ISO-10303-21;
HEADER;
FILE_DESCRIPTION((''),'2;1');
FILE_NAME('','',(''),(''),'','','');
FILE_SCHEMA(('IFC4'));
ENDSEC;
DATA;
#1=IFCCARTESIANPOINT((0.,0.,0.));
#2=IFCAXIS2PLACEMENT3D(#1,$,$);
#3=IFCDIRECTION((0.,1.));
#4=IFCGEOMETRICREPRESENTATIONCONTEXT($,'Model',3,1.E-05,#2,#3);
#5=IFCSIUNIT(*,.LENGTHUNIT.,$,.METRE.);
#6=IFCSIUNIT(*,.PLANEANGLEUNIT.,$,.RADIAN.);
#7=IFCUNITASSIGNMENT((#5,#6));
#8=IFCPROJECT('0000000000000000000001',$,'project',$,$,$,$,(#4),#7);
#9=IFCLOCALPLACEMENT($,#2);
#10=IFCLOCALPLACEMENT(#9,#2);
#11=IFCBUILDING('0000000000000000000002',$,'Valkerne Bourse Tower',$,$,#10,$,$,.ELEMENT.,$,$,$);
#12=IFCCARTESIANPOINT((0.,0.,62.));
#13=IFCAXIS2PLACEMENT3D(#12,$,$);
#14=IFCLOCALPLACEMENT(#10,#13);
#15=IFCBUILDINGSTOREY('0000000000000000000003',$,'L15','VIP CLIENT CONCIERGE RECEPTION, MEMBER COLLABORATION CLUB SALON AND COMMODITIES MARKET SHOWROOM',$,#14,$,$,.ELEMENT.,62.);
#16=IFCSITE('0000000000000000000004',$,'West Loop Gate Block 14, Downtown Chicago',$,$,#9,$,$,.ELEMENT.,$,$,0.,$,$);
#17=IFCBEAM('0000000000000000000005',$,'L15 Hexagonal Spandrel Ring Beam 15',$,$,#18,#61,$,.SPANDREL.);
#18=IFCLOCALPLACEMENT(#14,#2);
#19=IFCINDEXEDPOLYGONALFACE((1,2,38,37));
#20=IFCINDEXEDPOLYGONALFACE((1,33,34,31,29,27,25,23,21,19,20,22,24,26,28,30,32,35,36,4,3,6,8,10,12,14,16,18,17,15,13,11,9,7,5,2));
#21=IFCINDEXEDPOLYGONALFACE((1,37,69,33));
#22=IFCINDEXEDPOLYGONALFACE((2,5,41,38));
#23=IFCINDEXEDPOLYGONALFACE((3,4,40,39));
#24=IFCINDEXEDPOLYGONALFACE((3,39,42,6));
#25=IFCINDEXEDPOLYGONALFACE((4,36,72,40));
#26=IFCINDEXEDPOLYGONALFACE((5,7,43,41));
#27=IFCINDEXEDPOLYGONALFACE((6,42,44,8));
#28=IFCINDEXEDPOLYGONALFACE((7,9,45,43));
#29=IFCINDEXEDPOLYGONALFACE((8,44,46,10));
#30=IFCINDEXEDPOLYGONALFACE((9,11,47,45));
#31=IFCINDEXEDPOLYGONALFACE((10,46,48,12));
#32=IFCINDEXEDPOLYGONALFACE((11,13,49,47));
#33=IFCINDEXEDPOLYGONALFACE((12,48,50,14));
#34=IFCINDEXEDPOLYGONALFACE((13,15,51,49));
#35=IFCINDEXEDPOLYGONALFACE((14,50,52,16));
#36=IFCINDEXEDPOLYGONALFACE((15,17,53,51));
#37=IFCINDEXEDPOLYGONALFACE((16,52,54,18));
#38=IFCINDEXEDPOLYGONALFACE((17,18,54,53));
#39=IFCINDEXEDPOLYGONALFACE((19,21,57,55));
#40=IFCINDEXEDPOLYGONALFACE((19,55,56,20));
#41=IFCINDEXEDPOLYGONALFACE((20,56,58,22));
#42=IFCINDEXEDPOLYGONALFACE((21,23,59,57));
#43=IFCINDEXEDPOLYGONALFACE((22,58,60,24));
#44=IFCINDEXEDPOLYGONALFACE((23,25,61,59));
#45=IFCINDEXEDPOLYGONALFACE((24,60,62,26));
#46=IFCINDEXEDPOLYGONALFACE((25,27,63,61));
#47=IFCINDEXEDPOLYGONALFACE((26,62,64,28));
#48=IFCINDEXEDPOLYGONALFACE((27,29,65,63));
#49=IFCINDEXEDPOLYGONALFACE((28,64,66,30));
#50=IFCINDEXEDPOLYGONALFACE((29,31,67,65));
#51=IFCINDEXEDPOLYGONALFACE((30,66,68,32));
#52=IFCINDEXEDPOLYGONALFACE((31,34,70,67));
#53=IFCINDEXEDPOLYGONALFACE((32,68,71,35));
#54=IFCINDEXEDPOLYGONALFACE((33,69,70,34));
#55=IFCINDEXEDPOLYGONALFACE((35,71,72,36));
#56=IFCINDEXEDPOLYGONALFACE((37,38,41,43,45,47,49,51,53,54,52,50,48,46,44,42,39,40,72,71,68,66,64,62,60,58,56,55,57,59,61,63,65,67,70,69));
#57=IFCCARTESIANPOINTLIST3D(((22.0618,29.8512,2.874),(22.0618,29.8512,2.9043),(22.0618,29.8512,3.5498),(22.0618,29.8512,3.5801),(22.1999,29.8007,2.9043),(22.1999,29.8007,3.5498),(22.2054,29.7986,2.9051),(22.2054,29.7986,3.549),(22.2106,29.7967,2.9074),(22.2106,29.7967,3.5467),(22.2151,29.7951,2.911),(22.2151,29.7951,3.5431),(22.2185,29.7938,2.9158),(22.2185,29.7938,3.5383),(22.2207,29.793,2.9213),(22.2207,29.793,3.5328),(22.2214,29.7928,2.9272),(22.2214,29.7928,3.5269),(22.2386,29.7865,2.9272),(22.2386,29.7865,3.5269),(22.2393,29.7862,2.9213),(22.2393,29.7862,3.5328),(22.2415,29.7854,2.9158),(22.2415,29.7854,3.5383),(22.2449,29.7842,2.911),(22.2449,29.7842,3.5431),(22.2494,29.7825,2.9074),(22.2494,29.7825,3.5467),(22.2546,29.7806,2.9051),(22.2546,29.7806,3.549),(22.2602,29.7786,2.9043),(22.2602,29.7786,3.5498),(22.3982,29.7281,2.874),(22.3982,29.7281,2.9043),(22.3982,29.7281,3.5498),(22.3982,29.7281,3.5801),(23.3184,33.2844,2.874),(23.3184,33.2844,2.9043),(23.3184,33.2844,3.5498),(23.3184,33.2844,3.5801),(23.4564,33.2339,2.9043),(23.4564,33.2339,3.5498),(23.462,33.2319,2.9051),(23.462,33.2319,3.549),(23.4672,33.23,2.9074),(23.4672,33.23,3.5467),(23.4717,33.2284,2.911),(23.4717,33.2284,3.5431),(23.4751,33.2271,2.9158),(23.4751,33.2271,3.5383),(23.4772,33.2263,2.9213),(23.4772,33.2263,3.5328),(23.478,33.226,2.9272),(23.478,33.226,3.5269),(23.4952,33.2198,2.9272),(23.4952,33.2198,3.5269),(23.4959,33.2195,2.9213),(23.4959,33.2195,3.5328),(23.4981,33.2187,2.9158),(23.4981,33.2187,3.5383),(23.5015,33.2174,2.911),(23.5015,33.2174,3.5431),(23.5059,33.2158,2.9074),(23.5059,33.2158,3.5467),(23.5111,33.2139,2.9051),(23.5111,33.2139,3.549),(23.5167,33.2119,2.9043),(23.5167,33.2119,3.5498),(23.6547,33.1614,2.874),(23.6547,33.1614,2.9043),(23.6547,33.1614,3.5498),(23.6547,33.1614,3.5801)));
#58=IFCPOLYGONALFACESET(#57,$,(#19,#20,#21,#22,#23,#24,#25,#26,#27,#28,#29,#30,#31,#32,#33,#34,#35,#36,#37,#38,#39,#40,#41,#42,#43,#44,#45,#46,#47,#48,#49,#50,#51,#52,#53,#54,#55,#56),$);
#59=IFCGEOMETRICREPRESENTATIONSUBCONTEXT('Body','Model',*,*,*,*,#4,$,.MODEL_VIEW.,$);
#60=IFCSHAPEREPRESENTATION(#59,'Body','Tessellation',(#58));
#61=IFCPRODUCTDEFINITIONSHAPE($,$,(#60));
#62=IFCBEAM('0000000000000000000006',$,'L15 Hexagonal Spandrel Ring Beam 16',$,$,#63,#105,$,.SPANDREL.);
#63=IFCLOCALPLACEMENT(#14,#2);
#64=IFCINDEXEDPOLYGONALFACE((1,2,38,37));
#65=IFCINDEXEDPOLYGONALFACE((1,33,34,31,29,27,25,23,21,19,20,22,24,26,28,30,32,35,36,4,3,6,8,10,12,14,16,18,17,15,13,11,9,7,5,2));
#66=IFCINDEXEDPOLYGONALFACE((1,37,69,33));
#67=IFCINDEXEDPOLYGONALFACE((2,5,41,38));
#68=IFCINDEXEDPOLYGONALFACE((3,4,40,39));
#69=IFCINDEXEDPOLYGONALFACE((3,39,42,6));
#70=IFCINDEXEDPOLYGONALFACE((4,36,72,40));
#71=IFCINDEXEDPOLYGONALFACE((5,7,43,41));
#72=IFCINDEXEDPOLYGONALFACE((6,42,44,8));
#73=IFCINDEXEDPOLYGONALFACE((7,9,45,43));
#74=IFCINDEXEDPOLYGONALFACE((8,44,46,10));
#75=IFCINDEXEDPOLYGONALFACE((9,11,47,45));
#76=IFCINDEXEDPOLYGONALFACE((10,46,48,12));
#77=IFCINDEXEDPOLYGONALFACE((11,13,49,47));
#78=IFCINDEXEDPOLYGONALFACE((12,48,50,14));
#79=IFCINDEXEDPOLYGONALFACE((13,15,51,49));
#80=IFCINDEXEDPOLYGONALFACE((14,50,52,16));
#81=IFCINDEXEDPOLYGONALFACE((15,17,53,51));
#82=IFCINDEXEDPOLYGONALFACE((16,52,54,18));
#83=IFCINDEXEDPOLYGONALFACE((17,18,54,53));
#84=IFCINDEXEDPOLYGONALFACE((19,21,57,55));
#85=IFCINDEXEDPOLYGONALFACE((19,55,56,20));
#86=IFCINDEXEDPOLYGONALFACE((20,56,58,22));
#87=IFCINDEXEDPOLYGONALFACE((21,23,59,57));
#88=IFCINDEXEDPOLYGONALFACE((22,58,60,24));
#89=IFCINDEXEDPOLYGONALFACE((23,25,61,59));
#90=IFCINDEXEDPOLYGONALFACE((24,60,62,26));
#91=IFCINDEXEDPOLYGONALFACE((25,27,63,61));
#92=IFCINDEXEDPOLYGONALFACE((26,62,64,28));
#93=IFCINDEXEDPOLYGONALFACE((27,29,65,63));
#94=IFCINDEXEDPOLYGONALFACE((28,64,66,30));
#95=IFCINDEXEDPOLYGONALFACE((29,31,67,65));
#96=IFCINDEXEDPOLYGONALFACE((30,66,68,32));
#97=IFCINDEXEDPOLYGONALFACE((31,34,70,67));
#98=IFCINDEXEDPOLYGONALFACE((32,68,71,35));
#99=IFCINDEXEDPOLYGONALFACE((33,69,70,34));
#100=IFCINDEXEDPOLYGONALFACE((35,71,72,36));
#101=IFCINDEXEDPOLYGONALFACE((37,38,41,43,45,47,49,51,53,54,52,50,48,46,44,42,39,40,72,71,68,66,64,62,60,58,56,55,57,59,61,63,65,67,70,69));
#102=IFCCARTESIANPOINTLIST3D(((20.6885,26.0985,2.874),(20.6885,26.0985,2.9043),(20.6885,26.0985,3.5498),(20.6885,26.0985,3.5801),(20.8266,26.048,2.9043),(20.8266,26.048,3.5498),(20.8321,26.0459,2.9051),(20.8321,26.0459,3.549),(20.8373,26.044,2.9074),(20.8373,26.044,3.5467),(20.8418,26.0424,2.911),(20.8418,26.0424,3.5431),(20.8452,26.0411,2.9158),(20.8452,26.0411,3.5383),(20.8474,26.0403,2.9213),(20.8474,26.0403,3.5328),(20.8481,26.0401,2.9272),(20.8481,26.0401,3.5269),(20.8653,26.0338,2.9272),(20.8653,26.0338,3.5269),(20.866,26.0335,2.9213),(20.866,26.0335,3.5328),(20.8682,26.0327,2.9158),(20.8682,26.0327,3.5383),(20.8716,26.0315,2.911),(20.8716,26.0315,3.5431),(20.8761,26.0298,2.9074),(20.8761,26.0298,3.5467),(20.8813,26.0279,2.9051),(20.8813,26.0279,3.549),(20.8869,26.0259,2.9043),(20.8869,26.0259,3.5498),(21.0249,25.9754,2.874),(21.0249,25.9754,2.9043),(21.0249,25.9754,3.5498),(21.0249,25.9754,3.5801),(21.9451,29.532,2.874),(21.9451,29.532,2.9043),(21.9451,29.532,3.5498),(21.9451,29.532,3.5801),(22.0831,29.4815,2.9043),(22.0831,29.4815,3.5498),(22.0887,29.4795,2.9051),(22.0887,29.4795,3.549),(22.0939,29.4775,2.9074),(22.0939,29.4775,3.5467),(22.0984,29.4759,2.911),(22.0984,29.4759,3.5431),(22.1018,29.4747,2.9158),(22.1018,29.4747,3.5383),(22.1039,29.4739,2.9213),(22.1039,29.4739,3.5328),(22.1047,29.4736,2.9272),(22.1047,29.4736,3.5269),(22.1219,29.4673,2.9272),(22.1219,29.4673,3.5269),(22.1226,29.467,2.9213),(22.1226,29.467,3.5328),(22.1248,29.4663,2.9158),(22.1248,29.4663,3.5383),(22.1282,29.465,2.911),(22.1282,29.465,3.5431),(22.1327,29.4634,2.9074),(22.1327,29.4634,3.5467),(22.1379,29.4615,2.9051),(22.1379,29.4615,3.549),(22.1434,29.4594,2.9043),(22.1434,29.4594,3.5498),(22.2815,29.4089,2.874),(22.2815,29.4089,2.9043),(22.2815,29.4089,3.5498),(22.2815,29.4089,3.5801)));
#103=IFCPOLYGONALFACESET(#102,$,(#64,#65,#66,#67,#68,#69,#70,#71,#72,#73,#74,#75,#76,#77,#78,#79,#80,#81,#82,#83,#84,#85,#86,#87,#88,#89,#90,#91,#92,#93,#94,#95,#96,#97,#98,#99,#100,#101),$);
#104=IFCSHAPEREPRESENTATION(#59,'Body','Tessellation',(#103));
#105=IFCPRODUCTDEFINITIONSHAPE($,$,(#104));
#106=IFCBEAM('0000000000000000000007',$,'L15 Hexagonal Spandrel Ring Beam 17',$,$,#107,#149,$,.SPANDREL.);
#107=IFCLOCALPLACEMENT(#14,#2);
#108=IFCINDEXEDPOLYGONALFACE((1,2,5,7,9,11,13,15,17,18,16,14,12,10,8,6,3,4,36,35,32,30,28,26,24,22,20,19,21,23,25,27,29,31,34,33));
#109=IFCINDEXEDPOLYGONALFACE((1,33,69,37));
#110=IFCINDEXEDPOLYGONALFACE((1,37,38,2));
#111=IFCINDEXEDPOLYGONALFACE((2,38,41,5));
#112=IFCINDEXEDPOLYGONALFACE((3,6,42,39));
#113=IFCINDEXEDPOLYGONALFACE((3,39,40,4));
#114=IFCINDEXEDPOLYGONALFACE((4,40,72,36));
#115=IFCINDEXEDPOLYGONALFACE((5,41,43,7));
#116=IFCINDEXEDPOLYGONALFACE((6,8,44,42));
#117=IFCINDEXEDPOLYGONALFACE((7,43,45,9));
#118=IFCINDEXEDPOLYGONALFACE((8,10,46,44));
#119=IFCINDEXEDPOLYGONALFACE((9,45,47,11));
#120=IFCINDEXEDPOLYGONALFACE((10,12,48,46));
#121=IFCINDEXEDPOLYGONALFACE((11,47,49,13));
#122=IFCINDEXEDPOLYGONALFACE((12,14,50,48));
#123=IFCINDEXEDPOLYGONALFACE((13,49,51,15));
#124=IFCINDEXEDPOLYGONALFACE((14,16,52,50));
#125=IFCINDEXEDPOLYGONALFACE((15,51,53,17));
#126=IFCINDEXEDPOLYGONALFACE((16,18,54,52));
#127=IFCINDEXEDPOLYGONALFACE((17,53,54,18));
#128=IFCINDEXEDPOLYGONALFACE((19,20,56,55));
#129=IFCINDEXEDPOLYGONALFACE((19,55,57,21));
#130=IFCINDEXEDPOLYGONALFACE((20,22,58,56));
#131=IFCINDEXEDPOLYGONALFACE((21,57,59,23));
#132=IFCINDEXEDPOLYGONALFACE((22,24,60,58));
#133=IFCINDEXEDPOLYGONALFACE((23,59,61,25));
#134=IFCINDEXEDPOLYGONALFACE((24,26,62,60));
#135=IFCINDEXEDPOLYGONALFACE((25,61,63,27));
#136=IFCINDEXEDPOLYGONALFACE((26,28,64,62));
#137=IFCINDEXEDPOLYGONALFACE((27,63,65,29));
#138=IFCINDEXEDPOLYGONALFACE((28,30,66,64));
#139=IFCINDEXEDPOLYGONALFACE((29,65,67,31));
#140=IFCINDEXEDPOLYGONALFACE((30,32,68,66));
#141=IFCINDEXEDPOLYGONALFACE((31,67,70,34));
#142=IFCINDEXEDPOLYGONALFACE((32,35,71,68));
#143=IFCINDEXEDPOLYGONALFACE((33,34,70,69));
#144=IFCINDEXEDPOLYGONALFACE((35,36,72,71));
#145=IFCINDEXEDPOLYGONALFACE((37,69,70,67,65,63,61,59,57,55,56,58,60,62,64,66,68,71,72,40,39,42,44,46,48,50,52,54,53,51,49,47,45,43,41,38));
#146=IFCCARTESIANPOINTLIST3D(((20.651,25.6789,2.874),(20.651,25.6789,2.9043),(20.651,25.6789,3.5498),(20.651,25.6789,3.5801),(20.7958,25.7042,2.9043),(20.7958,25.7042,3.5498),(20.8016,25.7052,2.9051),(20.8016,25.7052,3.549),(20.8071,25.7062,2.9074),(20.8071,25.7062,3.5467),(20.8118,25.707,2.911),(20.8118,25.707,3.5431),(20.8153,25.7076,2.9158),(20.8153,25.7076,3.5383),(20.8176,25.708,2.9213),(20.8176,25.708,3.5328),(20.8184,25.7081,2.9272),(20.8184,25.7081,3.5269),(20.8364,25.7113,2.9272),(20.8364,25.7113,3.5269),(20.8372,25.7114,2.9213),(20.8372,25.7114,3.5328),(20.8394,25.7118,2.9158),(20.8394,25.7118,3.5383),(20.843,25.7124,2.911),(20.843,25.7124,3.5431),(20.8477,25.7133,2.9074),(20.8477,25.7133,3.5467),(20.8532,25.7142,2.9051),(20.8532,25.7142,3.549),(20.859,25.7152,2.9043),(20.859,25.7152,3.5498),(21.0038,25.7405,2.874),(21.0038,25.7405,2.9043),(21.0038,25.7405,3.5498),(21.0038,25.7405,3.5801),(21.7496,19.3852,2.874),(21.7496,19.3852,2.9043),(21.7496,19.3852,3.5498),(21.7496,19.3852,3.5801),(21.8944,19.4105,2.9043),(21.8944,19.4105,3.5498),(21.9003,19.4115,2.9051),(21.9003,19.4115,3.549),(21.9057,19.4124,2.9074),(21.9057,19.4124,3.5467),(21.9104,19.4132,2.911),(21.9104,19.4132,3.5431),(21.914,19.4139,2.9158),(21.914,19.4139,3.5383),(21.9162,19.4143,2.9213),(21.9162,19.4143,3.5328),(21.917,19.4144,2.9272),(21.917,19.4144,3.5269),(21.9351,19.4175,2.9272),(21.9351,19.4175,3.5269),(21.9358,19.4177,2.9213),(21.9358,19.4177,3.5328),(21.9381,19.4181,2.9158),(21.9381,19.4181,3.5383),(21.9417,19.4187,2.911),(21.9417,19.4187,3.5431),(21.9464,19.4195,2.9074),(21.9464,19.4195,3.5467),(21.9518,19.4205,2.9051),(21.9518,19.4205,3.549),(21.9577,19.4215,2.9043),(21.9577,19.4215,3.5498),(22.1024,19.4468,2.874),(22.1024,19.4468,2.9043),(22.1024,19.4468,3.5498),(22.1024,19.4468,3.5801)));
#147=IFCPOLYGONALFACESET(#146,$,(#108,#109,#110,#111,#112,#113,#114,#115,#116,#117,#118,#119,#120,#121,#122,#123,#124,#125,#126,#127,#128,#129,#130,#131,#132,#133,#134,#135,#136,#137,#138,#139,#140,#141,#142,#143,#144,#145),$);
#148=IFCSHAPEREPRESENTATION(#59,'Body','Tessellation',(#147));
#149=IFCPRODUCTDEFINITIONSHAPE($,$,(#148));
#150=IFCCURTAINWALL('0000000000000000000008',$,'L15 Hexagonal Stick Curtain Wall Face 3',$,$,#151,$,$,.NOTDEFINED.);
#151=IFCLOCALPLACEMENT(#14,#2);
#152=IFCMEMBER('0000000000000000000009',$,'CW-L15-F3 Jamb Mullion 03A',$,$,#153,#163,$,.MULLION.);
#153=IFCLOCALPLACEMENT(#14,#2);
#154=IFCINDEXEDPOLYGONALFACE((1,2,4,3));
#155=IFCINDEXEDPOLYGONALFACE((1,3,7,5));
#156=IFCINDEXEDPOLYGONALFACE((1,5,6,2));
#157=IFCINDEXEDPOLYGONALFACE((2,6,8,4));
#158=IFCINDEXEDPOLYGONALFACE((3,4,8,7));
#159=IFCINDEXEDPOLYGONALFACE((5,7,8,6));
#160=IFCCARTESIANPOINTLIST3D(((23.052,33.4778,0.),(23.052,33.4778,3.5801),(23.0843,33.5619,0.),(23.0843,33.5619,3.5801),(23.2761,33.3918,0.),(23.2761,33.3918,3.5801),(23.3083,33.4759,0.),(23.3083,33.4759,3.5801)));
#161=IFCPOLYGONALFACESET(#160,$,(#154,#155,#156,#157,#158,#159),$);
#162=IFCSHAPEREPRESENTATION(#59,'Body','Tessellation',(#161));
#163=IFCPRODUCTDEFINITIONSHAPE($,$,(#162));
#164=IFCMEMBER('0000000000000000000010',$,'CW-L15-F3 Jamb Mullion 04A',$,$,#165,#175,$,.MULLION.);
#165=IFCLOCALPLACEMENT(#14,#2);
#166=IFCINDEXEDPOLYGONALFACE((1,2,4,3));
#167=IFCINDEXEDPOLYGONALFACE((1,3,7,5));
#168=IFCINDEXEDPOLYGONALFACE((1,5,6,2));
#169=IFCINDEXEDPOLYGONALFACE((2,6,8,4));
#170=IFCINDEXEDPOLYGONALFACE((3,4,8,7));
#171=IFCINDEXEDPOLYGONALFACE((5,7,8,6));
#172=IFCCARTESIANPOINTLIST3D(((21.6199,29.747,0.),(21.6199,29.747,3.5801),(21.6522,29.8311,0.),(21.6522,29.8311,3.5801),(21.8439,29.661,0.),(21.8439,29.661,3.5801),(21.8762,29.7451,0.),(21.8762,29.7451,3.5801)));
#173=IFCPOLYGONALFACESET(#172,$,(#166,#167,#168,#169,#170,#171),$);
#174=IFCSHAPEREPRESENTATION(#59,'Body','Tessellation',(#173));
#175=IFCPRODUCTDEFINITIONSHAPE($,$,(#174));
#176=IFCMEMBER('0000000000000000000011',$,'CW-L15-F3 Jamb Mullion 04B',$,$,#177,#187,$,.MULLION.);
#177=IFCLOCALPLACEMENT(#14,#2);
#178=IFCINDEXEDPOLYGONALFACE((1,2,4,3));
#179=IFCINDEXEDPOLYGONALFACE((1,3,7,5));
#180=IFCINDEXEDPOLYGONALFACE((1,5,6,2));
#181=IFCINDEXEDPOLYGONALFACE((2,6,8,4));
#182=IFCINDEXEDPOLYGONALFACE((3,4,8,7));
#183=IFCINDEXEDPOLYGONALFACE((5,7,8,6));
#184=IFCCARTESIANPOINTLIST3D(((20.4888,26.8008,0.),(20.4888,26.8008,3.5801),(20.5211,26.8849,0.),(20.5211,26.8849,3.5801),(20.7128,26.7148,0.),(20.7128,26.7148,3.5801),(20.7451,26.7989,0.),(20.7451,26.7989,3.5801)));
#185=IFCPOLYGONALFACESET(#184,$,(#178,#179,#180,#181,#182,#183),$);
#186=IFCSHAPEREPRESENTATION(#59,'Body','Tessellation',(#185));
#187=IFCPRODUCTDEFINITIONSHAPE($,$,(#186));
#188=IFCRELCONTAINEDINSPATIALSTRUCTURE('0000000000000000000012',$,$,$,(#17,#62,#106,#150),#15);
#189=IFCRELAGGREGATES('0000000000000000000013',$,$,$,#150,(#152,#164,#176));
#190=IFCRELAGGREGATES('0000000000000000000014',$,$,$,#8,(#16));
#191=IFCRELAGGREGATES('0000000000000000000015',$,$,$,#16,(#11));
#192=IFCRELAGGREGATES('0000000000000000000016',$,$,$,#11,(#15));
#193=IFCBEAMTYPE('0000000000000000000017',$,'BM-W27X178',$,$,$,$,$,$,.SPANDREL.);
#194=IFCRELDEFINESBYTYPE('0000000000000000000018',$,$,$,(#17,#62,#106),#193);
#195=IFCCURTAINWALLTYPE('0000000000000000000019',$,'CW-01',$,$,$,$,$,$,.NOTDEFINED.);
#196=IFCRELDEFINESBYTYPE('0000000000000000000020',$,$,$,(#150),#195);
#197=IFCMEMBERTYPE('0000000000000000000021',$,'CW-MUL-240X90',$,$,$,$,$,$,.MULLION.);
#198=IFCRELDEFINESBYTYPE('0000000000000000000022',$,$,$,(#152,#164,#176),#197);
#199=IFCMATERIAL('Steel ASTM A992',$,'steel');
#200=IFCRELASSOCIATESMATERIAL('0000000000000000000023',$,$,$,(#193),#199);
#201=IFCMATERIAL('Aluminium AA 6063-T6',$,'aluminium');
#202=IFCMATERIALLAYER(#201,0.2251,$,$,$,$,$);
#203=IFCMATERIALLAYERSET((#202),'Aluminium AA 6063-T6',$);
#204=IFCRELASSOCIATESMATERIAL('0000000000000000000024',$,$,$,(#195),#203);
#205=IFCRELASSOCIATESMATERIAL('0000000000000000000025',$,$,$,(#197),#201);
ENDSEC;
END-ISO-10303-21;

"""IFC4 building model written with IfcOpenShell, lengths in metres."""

from ifc_helpers import new_model, si_unit, direction, frame, origin, origin_2d, place, context, subcontext, project, spatial, rectangle, i_section, extrude, material, layer, layer_set, material_profile, profile_set, type_object, element, aggregate, save


model = new_model("IFC4")

# Units and contexts
model_context = context("Model", 3, precision=1e-05, world=origin(), true_north=direction((0.0, 1.0)))
body_context = subcontext(model_context, "Body", "Model", "MODEL_VIEW")
ifc_project = project(units=[si_unit("LENGTHUNIT", "METRE"), si_unit("PLANEANGLEUNIT", "RADIAN")], contexts=[model_context])

# Site, building, storey
site_placement = place(None, origin())
site = spatial("IfcSite", under=ifc_project, at=site_placement, Name="West Loop Gate Block 14, Downtown Chicago", CompositionType="ELEMENT", RefElevation=0.0)
building_placement = place(site_placement, origin())
building = spatial("IfcBuilding", under=site, at=building_placement, Name="Valkerne Bourse Tower", CompositionType="ELEMENT")
storey_placement = place(building_placement, frame((0.0, 0.0, 62.0)))
storey = spatial("IfcBuildingStorey", under=building, at=storey_placement, Name="L15", Description="VIP CLIENT CONCIERGE RECEPTION, MEMBER COLLABORATION CLUB SALON AND COMMODITIES MARKET SHOWROOM", CompositionType="ELEMENT", Elevation=62.0)

# Beams
ifc_material_1 = material(Name="Steel ASTM A992", Category="steel")
ifc_material_profile_1 = material_profile(ifc_material_1, i_section(OverallWidth=0.3582, OverallDepth=0.7061, WebThickness=0.0183, FlangeThickness=0.0303, FilletRadius=0.0229, at=origin_2d()), Name="W27X178")
ifc_profile_set_1 = profile_set([ifc_material_profile_1], Name="Steel ASTM A992")
beam_type_1 = type_object("IfcBeamType", Name="BM-W27X178", PredefinedType="SPANDREL", material=ifc_profile_set_1)
beam_1_placement = place(storey_placement, frame((23.4866, 33.2229, 3.2271), z_axis=(-0.343699, -0.93908, 0.0), x_axis=(0.93908, -0.343699, 0.0)))
element("IfcBeam", 1, at=beam_1_placement, inside=storey, type_object=beam_type_1, Name="L15 Hexagonal Spandrel Ring Beam 15", PredefinedType="SPANDREL", context=body_context, shape_type="SweptSolid", body=[
    extrude(i_section(OverallWidth=0.3582, OverallDepth=0.7061, WebThickness=0.0183, FlangeThickness=0.0303, FilletRadius=0.0229, at=origin_2d()), origin(), (0.0, 0.0, 1.0), 3.656),
])
beam_2_placement = place(storey_placement, frame((22.1133, 29.4705, 3.2271), z_axis=(-0.343678, -0.939088, 0.0), x_axis=(0.939088, -0.343678, 0.0)))
element("IfcBeam", 2, at=beam_2_placement, inside=storey, type_object=beam_type_1, Name="L15 Hexagonal Spandrel Ring Beam 16", PredefinedType="SPANDREL", context=body_context, shape_type="SweptSolid", body=[
    extrude(i_section(OverallWidth=0.3582, OverallDepth=0.7061, WebThickness=0.0183, FlangeThickness=0.0303, FilletRadius=0.0229, at=origin_2d()), origin(), (0.0, 0.0, 1.0), 3.6562),
])
beam_3_placement = place(storey_placement, frame((20.8274, 25.7097, 3.2271), z_axis=(0.17196, -0.985104, 0.0), x_axis=(0.985104, 0.17196, 0.0)))
element("IfcBeam", 3, at=beam_3_placement, inside=storey, type_object=beam_type_1, Name="L15 Hexagonal Spandrel Ring Beam 17", PredefinedType="SPANDREL", context=body_context, shape_type="SweptSolid", body=[
    extrude(i_section(OverallWidth=0.3582, OverallDepth=0.7061, WebThickness=0.0183, FlangeThickness=0.0303, FilletRadius=0.0229, at=origin_2d()), origin(), (0.0, 0.0, 1.0), 6.3889),
])

# Curtain wall, members
ifc_material_2 = material(Name="Aluminium AA 6063-T6", Category="aluminium")
ifc_layer_1 = layer(ifc_material_2, 0.2251)
ifc_layer_set_1 = layer_set([ifc_layer_1], Name="Aluminium AA 6063-T6")
curtain_wall_type = type_object("IfcCurtainWallType", Name="CW-01", PredefinedType="NOTDEFINED", material=ifc_layer_set_1)
curtain_wall_placement = place(storey_placement, origin())
curtain_wall = element("IfcCurtainWall", 4, at=curtain_wall_placement, inside=storey, type_object=curtain_wall_type, Name="L15 Hexagonal Stick Curtain Wall Face 3", PredefinedType="NOTDEFINED")
ifc_material_profile_2 = material_profile(ifc_material_2, rectangle(XDim=0.0901, YDim=0.24, at=origin_2d()), Name="CWM-90X240")
ifc_profile_set_2 = profile_set([ifc_material_profile_2], Name="Aluminium AA 6063-T6")
member_type = type_object("IfcMemberType", Name="CW-MUL-240X90", PredefinedType="MULLION", material=ifc_profile_set_2)
member_1_placement = place(storey_placement, frame((23.1802, 33.4768, 0.0), z_axis=(0.0, 0.0, 1.0), x_axis=(-0.35838, -0.933576, 0.0)))
member_1 = element("IfcMember", 5, at=member_1_placement, type_object=member_type, Name="CW-L15-F3 Jamb Mullion 03A", PredefinedType="MULLION", context=body_context, shape_type="SweptSolid", body=[
    extrude(rectangle(XDim=0.0901, YDim=0.24, at=origin_2d()), origin(), (0.0, 0.0, 1.0), 3.5801),
])
member_2_placement = place(storey_placement, frame((21.748, 29.7461, 0.0), z_axis=(0.0, 0.0, 1.0), x_axis=(-0.358359, -0.933584, 0.0)))
member_2 = element("IfcMember", 6, at=member_2_placement, type_object=member_type, Name="CW-L15-F3 Jamb Mullion 04A", PredefinedType="MULLION", context=body_context, shape_type="SweptSolid", body=[
    extrude(rectangle(XDim=0.0901, YDim=0.24, at=origin_2d()), origin(), (0.0, 0.0, 1.0), 3.5801),
])
member_3_placement = place(storey_placement, frame((20.6169, 26.7998, 0.0), z_axis=(0.0, 0.0, 1.0), x_axis=(-0.358359, -0.933584, 0.0)))
member_3 = element("IfcMember", 7, at=member_3_placement, type_object=member_type, Name="CW-L15-F3 Jamb Mullion 04B", PredefinedType="MULLION", context=body_context, shape_type="SweptSolid", body=[
    extrude(rectangle(XDim=0.0901, YDim=0.24, at=origin_2d()), origin(), (0.0, 0.0, 1.0), 3.5801),
])
aggregate(curtain_wall, [member_1, member_2, member_3])

save(model, "model.ifc")
